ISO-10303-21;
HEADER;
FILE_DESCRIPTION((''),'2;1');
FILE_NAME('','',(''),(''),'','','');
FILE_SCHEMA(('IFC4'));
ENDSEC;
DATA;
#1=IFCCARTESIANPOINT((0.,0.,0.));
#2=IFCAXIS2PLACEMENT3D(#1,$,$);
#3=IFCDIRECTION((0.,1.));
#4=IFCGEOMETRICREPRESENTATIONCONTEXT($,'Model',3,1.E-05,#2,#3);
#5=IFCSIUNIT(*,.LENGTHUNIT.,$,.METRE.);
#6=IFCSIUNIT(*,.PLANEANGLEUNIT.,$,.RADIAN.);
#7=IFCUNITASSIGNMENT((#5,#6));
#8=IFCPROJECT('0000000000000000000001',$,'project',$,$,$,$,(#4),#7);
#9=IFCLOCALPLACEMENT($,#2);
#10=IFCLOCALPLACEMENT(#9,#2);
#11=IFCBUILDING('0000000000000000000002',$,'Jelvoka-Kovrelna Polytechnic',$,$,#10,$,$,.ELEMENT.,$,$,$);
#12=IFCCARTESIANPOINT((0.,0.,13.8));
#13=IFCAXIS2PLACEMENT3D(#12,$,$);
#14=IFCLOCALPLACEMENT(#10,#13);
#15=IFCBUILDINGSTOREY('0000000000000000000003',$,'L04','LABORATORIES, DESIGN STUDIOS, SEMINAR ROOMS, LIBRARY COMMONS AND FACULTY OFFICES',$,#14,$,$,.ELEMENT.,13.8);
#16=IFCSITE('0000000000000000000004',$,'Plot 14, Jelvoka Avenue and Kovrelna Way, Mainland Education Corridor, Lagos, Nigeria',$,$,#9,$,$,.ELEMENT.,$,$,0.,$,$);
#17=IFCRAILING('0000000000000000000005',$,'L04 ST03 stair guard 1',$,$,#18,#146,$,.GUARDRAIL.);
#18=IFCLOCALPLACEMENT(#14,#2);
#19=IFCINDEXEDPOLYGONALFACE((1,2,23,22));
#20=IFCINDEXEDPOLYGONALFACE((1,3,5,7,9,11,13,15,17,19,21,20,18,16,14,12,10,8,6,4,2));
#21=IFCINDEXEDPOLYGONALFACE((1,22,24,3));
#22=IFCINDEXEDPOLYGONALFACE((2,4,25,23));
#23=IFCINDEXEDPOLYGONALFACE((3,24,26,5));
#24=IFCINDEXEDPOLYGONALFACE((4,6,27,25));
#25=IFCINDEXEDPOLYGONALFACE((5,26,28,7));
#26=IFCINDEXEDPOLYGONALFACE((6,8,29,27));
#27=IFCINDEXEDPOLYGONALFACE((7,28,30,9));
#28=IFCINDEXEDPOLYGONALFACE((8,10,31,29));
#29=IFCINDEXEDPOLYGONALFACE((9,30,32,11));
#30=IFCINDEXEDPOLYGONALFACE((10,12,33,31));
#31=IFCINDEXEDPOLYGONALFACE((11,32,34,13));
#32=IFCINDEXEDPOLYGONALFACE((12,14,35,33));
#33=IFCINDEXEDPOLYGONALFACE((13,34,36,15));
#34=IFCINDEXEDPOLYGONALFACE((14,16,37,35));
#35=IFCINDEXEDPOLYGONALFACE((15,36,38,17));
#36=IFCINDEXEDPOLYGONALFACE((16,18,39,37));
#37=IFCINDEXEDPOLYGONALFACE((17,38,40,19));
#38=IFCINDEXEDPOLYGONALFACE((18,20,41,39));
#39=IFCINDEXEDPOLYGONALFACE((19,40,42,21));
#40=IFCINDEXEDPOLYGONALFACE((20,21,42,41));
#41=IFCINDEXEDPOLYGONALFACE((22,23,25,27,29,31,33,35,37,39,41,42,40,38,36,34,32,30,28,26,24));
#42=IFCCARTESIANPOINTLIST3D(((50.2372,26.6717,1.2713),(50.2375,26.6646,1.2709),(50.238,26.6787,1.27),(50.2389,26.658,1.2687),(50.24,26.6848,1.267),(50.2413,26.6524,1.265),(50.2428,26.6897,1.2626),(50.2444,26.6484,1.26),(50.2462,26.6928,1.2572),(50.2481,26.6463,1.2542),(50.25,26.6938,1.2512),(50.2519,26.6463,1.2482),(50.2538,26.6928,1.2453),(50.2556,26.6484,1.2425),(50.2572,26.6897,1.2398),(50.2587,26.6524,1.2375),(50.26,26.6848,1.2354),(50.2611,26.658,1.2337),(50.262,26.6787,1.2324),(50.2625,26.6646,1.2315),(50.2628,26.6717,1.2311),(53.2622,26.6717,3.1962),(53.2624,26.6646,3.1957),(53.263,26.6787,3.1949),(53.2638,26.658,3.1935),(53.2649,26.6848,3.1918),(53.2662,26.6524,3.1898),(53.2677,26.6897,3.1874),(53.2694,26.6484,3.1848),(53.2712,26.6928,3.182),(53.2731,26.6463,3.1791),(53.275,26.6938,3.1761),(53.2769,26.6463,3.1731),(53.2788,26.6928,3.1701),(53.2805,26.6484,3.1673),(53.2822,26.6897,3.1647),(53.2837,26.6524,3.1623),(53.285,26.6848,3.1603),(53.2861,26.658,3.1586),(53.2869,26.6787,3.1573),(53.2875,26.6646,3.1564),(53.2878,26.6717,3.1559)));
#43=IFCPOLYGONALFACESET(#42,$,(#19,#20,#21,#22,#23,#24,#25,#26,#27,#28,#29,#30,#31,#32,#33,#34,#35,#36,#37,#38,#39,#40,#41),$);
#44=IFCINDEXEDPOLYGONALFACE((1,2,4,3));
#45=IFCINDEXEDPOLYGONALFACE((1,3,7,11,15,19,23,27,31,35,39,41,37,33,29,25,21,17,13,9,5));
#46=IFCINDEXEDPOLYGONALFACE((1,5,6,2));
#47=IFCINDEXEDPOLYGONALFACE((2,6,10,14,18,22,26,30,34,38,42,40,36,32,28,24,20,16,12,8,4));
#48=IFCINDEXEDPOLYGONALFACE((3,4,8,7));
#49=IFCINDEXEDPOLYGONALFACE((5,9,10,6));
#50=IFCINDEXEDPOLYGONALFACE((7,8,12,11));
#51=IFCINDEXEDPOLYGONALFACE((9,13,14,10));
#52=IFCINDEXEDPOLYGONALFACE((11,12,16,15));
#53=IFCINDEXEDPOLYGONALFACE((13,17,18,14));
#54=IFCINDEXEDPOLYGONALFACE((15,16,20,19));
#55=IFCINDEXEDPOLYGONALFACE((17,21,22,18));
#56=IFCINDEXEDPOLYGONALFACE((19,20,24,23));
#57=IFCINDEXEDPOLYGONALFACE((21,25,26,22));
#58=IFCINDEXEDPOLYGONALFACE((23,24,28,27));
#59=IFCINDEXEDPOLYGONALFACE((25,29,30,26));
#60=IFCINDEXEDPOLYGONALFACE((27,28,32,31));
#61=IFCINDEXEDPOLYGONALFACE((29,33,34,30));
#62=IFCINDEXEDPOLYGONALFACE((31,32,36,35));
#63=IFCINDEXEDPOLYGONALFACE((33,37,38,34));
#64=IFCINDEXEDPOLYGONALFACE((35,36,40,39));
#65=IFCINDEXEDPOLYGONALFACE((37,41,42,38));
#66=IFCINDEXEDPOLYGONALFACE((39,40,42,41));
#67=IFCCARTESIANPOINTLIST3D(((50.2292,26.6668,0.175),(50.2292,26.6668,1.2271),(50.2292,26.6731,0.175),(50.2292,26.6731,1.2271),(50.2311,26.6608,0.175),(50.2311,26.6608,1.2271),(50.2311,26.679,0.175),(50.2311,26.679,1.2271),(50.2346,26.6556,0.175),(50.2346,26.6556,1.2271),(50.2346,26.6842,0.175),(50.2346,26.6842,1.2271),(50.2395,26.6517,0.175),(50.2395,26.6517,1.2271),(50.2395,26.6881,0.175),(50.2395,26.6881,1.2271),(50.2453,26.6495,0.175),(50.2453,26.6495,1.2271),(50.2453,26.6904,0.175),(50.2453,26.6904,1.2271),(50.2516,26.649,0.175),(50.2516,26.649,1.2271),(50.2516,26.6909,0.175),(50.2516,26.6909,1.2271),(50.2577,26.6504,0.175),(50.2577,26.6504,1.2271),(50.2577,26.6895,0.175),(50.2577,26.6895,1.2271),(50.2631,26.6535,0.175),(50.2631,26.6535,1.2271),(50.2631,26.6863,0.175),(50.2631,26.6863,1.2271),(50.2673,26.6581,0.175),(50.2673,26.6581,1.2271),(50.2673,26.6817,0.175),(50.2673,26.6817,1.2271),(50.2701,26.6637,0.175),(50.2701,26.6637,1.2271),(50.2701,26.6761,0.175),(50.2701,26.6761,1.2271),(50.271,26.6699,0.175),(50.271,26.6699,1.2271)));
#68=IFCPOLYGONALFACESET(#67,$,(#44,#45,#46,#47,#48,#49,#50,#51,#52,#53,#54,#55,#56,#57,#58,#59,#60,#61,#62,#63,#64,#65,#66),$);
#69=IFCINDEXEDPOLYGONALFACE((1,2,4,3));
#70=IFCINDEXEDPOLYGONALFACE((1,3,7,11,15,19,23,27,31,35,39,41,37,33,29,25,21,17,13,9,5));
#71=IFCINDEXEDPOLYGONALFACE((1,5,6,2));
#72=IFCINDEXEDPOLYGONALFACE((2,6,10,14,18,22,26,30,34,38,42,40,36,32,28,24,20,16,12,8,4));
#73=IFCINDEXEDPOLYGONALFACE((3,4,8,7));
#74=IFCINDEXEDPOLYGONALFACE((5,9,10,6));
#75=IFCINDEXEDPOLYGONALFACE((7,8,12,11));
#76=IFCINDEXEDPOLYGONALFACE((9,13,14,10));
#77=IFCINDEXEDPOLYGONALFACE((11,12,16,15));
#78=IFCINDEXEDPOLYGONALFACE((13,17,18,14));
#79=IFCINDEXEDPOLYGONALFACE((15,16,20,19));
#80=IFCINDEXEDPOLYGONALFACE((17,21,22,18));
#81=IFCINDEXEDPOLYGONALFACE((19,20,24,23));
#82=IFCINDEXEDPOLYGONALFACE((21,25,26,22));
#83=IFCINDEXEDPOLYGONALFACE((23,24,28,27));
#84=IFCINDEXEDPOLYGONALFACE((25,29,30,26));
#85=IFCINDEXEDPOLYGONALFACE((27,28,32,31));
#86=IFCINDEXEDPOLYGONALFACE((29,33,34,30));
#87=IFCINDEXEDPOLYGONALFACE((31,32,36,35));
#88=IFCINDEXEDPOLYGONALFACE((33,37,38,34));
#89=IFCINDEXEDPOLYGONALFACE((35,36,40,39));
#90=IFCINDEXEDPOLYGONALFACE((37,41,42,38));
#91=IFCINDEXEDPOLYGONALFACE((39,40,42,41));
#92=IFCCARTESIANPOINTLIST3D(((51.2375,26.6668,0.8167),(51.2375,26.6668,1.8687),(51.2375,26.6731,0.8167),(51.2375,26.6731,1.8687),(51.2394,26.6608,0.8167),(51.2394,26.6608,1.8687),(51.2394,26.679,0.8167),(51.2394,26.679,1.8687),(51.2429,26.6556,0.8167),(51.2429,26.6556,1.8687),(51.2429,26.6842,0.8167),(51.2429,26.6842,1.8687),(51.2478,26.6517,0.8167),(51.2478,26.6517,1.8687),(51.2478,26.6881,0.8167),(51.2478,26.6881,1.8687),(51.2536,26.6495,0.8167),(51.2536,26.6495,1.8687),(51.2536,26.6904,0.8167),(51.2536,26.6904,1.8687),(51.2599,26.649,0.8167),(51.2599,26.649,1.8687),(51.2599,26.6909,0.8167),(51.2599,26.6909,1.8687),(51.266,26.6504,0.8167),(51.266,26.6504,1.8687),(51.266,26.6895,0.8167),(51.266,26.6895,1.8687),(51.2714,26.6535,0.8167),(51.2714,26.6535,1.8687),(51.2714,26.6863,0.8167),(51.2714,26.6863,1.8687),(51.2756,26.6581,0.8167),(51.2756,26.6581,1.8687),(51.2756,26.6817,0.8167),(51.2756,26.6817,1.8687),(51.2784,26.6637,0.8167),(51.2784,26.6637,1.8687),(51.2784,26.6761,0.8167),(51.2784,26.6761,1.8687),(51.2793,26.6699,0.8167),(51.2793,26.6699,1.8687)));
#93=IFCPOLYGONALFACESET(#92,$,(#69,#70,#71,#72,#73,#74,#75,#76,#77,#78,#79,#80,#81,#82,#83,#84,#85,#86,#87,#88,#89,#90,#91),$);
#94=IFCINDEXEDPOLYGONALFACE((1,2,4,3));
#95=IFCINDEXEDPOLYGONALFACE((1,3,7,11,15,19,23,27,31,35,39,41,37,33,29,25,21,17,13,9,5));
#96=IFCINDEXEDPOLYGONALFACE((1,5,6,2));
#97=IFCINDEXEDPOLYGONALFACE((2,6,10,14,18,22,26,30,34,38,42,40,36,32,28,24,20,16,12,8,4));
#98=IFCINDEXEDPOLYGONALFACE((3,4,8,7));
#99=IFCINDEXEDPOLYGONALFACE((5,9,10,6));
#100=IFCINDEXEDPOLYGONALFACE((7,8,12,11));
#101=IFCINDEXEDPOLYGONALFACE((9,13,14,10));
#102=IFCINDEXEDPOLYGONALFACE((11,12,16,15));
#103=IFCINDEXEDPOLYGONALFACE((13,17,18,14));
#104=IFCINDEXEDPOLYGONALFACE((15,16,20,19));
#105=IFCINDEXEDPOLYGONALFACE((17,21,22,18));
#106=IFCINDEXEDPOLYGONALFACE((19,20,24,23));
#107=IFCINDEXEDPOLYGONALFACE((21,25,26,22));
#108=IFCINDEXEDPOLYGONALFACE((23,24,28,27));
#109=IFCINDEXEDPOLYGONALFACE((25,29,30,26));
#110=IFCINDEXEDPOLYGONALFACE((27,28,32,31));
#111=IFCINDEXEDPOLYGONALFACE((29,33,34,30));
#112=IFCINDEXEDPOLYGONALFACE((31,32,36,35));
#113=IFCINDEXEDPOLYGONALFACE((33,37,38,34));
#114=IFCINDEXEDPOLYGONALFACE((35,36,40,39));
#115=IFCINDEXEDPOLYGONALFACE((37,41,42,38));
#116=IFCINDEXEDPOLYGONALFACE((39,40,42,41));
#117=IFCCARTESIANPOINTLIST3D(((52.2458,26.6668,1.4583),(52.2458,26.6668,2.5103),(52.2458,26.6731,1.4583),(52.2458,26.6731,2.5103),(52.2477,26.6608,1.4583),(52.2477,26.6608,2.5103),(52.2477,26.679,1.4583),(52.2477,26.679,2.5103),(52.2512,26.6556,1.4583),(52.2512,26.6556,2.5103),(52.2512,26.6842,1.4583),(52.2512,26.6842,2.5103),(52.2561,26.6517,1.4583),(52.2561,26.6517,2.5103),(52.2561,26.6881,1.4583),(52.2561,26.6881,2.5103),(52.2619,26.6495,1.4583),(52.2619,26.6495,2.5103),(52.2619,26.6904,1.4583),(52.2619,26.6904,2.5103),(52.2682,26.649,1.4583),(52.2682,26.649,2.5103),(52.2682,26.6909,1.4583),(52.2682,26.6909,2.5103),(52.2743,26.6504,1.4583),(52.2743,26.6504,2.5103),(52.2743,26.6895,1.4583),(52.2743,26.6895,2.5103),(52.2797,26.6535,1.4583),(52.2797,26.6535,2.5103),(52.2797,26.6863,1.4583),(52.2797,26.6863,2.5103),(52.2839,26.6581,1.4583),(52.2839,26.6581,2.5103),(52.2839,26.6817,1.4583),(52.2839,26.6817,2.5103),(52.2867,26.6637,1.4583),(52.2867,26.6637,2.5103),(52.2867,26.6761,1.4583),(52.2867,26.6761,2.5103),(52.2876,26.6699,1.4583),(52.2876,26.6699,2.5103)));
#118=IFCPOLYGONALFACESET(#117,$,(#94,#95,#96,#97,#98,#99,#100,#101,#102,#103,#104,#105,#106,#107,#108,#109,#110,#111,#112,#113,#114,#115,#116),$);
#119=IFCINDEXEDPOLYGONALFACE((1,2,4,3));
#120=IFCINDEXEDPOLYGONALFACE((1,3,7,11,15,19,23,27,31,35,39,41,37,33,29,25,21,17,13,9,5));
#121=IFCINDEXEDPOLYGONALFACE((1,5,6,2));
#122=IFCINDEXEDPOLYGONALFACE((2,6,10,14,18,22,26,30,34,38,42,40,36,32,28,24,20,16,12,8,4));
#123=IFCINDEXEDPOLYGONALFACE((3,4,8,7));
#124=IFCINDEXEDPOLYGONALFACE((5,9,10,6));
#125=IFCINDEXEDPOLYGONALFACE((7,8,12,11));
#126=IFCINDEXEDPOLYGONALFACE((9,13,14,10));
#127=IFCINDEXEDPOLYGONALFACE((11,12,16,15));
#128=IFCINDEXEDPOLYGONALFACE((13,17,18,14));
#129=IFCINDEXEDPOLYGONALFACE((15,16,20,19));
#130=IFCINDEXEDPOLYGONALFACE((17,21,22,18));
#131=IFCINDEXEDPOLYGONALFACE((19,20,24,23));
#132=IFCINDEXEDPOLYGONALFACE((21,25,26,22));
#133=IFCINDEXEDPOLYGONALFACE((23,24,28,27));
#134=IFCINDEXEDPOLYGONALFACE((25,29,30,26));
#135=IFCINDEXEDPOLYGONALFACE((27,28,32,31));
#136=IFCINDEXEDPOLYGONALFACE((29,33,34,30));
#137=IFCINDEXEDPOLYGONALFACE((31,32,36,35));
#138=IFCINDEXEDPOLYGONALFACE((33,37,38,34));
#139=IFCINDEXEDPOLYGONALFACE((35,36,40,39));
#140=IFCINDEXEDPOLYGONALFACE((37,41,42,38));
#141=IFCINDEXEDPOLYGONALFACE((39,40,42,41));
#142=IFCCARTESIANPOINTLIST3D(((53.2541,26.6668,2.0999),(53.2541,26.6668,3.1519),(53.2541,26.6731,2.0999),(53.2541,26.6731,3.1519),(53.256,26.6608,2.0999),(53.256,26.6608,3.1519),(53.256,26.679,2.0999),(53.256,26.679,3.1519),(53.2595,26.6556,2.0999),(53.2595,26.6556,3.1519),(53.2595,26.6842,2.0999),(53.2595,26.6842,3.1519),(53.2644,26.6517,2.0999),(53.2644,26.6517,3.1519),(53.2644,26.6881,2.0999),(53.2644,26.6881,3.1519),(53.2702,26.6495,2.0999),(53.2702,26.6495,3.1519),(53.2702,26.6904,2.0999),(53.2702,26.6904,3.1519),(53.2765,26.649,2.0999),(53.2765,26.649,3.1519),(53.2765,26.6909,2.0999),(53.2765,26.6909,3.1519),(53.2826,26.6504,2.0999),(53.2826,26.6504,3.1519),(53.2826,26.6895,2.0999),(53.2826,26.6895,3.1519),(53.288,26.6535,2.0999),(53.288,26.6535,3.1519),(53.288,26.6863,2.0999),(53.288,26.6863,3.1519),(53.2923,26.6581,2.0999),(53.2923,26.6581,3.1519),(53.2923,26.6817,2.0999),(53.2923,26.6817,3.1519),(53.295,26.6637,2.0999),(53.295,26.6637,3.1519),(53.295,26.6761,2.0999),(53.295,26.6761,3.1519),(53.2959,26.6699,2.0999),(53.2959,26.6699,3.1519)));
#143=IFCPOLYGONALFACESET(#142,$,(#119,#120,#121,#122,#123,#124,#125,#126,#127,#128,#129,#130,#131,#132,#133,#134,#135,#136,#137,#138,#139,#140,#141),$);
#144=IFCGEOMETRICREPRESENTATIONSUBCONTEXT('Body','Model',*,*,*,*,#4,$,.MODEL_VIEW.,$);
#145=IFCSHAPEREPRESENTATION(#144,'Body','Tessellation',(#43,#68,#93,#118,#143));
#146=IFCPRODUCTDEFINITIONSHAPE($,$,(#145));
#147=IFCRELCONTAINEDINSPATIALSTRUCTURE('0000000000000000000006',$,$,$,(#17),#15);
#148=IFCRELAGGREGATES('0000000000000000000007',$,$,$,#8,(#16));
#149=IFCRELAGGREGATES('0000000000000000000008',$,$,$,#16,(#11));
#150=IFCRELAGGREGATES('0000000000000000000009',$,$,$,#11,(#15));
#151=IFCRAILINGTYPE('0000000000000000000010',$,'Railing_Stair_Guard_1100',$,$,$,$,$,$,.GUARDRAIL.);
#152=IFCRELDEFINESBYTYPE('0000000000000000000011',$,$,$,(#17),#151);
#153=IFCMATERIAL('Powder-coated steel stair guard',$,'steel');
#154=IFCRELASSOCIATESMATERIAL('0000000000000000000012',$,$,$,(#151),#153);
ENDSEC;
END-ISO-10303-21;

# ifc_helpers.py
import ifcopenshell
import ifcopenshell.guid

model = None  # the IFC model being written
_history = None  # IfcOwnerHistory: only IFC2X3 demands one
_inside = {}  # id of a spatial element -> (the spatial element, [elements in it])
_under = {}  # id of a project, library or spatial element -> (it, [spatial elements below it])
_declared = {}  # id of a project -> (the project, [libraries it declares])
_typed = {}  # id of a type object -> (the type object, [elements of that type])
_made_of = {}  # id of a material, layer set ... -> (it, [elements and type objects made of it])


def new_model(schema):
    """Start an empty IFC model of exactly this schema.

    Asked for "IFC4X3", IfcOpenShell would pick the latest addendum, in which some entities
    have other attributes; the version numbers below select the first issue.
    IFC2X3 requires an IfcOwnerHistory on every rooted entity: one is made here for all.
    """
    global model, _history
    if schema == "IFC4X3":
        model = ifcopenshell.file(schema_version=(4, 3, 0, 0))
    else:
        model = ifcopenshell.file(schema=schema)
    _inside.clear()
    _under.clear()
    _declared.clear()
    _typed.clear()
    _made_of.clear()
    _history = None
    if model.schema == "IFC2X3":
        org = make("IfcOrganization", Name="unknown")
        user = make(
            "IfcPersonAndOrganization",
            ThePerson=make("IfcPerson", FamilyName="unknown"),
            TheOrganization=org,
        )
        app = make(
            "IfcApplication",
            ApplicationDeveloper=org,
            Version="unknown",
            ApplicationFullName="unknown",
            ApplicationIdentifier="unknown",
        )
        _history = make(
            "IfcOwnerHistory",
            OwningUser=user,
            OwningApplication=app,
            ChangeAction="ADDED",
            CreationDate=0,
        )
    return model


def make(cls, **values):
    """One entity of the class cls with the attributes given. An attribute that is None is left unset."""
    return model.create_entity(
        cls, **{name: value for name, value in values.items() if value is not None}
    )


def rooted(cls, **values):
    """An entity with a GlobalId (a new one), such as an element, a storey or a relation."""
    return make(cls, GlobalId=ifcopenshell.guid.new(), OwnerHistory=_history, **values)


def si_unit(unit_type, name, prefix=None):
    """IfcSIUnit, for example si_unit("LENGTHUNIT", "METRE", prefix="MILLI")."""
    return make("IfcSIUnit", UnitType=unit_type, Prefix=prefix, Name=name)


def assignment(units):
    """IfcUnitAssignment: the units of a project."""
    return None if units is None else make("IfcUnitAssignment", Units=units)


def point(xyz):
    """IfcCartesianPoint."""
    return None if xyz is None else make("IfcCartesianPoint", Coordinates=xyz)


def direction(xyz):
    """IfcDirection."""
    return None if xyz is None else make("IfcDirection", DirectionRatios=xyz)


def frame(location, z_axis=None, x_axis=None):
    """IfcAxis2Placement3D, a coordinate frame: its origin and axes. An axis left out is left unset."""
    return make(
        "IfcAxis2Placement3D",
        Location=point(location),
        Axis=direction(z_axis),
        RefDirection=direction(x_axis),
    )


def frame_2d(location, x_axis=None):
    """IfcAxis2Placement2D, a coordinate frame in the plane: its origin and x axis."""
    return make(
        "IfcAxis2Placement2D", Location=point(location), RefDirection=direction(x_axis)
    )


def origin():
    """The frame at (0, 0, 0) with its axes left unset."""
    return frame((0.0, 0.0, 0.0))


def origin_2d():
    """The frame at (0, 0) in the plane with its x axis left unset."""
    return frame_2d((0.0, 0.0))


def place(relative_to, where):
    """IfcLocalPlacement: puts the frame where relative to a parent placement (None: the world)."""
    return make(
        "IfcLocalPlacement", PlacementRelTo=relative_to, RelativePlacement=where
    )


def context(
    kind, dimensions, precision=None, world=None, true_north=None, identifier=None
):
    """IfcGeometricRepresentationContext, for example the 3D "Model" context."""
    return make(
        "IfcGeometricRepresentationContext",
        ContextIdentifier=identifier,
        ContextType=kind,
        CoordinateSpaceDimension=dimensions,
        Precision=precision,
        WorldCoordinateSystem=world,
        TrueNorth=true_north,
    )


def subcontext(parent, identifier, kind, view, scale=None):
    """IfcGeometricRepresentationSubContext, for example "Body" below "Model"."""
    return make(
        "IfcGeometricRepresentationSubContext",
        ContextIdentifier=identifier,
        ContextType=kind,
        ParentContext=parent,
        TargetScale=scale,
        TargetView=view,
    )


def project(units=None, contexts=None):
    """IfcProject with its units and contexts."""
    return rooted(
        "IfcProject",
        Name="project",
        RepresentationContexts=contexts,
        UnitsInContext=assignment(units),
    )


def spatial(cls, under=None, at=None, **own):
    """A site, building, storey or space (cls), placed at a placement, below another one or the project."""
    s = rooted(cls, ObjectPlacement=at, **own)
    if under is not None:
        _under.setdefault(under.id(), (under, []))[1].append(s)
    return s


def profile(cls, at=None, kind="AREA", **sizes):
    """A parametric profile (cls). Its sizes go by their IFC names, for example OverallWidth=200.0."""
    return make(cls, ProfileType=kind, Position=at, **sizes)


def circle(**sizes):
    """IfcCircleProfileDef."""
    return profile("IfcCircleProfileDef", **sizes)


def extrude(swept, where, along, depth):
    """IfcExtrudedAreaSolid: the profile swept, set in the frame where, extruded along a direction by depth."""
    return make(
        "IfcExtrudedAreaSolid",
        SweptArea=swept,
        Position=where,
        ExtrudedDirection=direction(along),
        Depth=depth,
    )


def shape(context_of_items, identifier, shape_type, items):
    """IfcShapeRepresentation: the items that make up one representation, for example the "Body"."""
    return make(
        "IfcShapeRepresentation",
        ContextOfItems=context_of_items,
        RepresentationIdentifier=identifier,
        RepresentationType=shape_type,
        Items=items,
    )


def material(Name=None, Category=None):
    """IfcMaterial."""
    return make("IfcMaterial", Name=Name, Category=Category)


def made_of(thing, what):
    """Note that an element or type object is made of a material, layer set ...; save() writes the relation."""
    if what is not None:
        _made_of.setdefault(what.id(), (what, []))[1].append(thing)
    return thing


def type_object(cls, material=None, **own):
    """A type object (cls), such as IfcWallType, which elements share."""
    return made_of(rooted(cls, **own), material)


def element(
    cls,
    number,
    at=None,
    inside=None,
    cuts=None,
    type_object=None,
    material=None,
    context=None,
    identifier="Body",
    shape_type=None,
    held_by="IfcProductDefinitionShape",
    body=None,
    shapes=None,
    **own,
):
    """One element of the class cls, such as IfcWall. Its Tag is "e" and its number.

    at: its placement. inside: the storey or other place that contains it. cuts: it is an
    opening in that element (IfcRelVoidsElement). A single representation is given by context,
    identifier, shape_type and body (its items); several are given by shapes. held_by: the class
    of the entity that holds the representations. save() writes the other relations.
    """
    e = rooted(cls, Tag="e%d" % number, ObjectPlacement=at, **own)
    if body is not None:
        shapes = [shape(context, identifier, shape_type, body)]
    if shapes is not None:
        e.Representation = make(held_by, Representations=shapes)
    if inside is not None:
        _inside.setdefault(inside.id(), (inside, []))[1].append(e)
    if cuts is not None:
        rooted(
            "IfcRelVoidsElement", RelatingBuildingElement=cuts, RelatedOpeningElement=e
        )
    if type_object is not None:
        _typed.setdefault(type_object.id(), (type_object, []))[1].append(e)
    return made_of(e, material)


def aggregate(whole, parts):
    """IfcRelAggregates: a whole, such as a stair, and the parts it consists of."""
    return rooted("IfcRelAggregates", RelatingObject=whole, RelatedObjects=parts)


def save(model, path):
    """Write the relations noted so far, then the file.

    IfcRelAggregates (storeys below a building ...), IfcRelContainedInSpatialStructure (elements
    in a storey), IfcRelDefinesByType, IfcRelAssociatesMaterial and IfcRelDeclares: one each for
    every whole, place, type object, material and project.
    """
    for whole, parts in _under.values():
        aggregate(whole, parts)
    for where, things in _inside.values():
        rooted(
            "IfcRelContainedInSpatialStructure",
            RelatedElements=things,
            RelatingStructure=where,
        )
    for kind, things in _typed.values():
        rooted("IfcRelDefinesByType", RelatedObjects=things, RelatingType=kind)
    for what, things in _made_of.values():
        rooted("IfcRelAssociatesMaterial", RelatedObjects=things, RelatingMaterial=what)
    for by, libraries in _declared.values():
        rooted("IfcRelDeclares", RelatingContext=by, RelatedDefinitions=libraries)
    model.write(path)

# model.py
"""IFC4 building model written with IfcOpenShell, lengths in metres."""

from ifc_helpers import new_model, si_unit, direction, frame, origin, origin_2d, place, context, subcontext, project, spatial, circle, extrude, material, type_object, element, save


model = new_model("IFC4")

# Units and contexts
model_context = context("Model", 3, precision=1e-05, world=origin(), true_north=direction((0.0, 1.0)))
body_context = subcontext(model_context, "Body", "Model", "MODEL_VIEW")
ifc_project = project(units=[si_unit("LENGTHUNIT", "METRE"), si_unit("PLANEANGLEUNIT", "RADIAN")], contexts=[model_context])

# Site, building, storey
site_placement = place(None, origin())
site = spatial("IfcSite", under=ifc_project, at=site_placement, Name="Plot 14, Jelvoka Avenue and Kovrelna Way, Mainland Education Corridor, Lagos, Nigeria", CompositionType="ELEMENT", RefElevation=0.0)
building_placement = place(site_placement, origin())
building = spatial("IfcBuilding", under=site, at=building_placement, Name="Jelvoka-Kovrelna Polytechnic", CompositionType="ELEMENT")
storey_placement = place(building_placement, frame((0.0, 0.0, 13.8)))
storey = spatial("IfcBuildingStorey", under=building, at=storey_placement, Name="L04", Description="LABORATORIES, DESIGN STUDIOS, SEMINAR ROOMS, LIBRARY COMMONS AND FACULTY OFFICES", CompositionType="ELEMENT", Elevation=13.8)

# Railing
ifc_material_1 = material(Name="Powder-coated steel stair guard", Category="steel")
railing_type_1 = type_object("IfcRailingType", Name="Railing_Stair_Guard_1100", PredefinedType="GUARDRAIL", material=ifc_material_1)
railing_1_placement = place(storey_placement, frame((50.25, 26.6699, 0.175)))
element("IfcRailing", 1, at=railing_1_placement, inside=storey, type_object=railing_type_1, Name="L04 ST03 stair guard 1", PredefinedType="GUARDRAIL", context=body_context, shape_type="SweptSolid", body=[
    extrude(circle(Radius=0.0239, at=origin_2d()), frame((0.0, 0.0, 1.0762), z_axis=(0.843678, 0.0, 0.536849), x_axis=(0.0, 1.0, 0.0)), (0.0, 0.0, 1.0), 3.5854),
    extrude(circle(Radius=0.021, at=origin_2d()), origin(), (0.0, 0.0, 1.0), 1.052),
    extrude(circle(Radius=0.021, at=origin_2d()), frame((1.0083, 0.0, 0.6416)), (0.0, 0.0, 1.0), 1.052),
    extrude(circle(Radius=0.021, at=origin_2d()), frame((2.0166, 0.0, 1.2832)), (0.0, 0.0, 1.0), 1.052),
    extrude(circle(Radius=0.021, at=origin_2d()), frame((3.0249, 0.0, 1.9248)), (0.0, 0.0, 1.0), 1.052),
])

save(model, "model.ifc")
